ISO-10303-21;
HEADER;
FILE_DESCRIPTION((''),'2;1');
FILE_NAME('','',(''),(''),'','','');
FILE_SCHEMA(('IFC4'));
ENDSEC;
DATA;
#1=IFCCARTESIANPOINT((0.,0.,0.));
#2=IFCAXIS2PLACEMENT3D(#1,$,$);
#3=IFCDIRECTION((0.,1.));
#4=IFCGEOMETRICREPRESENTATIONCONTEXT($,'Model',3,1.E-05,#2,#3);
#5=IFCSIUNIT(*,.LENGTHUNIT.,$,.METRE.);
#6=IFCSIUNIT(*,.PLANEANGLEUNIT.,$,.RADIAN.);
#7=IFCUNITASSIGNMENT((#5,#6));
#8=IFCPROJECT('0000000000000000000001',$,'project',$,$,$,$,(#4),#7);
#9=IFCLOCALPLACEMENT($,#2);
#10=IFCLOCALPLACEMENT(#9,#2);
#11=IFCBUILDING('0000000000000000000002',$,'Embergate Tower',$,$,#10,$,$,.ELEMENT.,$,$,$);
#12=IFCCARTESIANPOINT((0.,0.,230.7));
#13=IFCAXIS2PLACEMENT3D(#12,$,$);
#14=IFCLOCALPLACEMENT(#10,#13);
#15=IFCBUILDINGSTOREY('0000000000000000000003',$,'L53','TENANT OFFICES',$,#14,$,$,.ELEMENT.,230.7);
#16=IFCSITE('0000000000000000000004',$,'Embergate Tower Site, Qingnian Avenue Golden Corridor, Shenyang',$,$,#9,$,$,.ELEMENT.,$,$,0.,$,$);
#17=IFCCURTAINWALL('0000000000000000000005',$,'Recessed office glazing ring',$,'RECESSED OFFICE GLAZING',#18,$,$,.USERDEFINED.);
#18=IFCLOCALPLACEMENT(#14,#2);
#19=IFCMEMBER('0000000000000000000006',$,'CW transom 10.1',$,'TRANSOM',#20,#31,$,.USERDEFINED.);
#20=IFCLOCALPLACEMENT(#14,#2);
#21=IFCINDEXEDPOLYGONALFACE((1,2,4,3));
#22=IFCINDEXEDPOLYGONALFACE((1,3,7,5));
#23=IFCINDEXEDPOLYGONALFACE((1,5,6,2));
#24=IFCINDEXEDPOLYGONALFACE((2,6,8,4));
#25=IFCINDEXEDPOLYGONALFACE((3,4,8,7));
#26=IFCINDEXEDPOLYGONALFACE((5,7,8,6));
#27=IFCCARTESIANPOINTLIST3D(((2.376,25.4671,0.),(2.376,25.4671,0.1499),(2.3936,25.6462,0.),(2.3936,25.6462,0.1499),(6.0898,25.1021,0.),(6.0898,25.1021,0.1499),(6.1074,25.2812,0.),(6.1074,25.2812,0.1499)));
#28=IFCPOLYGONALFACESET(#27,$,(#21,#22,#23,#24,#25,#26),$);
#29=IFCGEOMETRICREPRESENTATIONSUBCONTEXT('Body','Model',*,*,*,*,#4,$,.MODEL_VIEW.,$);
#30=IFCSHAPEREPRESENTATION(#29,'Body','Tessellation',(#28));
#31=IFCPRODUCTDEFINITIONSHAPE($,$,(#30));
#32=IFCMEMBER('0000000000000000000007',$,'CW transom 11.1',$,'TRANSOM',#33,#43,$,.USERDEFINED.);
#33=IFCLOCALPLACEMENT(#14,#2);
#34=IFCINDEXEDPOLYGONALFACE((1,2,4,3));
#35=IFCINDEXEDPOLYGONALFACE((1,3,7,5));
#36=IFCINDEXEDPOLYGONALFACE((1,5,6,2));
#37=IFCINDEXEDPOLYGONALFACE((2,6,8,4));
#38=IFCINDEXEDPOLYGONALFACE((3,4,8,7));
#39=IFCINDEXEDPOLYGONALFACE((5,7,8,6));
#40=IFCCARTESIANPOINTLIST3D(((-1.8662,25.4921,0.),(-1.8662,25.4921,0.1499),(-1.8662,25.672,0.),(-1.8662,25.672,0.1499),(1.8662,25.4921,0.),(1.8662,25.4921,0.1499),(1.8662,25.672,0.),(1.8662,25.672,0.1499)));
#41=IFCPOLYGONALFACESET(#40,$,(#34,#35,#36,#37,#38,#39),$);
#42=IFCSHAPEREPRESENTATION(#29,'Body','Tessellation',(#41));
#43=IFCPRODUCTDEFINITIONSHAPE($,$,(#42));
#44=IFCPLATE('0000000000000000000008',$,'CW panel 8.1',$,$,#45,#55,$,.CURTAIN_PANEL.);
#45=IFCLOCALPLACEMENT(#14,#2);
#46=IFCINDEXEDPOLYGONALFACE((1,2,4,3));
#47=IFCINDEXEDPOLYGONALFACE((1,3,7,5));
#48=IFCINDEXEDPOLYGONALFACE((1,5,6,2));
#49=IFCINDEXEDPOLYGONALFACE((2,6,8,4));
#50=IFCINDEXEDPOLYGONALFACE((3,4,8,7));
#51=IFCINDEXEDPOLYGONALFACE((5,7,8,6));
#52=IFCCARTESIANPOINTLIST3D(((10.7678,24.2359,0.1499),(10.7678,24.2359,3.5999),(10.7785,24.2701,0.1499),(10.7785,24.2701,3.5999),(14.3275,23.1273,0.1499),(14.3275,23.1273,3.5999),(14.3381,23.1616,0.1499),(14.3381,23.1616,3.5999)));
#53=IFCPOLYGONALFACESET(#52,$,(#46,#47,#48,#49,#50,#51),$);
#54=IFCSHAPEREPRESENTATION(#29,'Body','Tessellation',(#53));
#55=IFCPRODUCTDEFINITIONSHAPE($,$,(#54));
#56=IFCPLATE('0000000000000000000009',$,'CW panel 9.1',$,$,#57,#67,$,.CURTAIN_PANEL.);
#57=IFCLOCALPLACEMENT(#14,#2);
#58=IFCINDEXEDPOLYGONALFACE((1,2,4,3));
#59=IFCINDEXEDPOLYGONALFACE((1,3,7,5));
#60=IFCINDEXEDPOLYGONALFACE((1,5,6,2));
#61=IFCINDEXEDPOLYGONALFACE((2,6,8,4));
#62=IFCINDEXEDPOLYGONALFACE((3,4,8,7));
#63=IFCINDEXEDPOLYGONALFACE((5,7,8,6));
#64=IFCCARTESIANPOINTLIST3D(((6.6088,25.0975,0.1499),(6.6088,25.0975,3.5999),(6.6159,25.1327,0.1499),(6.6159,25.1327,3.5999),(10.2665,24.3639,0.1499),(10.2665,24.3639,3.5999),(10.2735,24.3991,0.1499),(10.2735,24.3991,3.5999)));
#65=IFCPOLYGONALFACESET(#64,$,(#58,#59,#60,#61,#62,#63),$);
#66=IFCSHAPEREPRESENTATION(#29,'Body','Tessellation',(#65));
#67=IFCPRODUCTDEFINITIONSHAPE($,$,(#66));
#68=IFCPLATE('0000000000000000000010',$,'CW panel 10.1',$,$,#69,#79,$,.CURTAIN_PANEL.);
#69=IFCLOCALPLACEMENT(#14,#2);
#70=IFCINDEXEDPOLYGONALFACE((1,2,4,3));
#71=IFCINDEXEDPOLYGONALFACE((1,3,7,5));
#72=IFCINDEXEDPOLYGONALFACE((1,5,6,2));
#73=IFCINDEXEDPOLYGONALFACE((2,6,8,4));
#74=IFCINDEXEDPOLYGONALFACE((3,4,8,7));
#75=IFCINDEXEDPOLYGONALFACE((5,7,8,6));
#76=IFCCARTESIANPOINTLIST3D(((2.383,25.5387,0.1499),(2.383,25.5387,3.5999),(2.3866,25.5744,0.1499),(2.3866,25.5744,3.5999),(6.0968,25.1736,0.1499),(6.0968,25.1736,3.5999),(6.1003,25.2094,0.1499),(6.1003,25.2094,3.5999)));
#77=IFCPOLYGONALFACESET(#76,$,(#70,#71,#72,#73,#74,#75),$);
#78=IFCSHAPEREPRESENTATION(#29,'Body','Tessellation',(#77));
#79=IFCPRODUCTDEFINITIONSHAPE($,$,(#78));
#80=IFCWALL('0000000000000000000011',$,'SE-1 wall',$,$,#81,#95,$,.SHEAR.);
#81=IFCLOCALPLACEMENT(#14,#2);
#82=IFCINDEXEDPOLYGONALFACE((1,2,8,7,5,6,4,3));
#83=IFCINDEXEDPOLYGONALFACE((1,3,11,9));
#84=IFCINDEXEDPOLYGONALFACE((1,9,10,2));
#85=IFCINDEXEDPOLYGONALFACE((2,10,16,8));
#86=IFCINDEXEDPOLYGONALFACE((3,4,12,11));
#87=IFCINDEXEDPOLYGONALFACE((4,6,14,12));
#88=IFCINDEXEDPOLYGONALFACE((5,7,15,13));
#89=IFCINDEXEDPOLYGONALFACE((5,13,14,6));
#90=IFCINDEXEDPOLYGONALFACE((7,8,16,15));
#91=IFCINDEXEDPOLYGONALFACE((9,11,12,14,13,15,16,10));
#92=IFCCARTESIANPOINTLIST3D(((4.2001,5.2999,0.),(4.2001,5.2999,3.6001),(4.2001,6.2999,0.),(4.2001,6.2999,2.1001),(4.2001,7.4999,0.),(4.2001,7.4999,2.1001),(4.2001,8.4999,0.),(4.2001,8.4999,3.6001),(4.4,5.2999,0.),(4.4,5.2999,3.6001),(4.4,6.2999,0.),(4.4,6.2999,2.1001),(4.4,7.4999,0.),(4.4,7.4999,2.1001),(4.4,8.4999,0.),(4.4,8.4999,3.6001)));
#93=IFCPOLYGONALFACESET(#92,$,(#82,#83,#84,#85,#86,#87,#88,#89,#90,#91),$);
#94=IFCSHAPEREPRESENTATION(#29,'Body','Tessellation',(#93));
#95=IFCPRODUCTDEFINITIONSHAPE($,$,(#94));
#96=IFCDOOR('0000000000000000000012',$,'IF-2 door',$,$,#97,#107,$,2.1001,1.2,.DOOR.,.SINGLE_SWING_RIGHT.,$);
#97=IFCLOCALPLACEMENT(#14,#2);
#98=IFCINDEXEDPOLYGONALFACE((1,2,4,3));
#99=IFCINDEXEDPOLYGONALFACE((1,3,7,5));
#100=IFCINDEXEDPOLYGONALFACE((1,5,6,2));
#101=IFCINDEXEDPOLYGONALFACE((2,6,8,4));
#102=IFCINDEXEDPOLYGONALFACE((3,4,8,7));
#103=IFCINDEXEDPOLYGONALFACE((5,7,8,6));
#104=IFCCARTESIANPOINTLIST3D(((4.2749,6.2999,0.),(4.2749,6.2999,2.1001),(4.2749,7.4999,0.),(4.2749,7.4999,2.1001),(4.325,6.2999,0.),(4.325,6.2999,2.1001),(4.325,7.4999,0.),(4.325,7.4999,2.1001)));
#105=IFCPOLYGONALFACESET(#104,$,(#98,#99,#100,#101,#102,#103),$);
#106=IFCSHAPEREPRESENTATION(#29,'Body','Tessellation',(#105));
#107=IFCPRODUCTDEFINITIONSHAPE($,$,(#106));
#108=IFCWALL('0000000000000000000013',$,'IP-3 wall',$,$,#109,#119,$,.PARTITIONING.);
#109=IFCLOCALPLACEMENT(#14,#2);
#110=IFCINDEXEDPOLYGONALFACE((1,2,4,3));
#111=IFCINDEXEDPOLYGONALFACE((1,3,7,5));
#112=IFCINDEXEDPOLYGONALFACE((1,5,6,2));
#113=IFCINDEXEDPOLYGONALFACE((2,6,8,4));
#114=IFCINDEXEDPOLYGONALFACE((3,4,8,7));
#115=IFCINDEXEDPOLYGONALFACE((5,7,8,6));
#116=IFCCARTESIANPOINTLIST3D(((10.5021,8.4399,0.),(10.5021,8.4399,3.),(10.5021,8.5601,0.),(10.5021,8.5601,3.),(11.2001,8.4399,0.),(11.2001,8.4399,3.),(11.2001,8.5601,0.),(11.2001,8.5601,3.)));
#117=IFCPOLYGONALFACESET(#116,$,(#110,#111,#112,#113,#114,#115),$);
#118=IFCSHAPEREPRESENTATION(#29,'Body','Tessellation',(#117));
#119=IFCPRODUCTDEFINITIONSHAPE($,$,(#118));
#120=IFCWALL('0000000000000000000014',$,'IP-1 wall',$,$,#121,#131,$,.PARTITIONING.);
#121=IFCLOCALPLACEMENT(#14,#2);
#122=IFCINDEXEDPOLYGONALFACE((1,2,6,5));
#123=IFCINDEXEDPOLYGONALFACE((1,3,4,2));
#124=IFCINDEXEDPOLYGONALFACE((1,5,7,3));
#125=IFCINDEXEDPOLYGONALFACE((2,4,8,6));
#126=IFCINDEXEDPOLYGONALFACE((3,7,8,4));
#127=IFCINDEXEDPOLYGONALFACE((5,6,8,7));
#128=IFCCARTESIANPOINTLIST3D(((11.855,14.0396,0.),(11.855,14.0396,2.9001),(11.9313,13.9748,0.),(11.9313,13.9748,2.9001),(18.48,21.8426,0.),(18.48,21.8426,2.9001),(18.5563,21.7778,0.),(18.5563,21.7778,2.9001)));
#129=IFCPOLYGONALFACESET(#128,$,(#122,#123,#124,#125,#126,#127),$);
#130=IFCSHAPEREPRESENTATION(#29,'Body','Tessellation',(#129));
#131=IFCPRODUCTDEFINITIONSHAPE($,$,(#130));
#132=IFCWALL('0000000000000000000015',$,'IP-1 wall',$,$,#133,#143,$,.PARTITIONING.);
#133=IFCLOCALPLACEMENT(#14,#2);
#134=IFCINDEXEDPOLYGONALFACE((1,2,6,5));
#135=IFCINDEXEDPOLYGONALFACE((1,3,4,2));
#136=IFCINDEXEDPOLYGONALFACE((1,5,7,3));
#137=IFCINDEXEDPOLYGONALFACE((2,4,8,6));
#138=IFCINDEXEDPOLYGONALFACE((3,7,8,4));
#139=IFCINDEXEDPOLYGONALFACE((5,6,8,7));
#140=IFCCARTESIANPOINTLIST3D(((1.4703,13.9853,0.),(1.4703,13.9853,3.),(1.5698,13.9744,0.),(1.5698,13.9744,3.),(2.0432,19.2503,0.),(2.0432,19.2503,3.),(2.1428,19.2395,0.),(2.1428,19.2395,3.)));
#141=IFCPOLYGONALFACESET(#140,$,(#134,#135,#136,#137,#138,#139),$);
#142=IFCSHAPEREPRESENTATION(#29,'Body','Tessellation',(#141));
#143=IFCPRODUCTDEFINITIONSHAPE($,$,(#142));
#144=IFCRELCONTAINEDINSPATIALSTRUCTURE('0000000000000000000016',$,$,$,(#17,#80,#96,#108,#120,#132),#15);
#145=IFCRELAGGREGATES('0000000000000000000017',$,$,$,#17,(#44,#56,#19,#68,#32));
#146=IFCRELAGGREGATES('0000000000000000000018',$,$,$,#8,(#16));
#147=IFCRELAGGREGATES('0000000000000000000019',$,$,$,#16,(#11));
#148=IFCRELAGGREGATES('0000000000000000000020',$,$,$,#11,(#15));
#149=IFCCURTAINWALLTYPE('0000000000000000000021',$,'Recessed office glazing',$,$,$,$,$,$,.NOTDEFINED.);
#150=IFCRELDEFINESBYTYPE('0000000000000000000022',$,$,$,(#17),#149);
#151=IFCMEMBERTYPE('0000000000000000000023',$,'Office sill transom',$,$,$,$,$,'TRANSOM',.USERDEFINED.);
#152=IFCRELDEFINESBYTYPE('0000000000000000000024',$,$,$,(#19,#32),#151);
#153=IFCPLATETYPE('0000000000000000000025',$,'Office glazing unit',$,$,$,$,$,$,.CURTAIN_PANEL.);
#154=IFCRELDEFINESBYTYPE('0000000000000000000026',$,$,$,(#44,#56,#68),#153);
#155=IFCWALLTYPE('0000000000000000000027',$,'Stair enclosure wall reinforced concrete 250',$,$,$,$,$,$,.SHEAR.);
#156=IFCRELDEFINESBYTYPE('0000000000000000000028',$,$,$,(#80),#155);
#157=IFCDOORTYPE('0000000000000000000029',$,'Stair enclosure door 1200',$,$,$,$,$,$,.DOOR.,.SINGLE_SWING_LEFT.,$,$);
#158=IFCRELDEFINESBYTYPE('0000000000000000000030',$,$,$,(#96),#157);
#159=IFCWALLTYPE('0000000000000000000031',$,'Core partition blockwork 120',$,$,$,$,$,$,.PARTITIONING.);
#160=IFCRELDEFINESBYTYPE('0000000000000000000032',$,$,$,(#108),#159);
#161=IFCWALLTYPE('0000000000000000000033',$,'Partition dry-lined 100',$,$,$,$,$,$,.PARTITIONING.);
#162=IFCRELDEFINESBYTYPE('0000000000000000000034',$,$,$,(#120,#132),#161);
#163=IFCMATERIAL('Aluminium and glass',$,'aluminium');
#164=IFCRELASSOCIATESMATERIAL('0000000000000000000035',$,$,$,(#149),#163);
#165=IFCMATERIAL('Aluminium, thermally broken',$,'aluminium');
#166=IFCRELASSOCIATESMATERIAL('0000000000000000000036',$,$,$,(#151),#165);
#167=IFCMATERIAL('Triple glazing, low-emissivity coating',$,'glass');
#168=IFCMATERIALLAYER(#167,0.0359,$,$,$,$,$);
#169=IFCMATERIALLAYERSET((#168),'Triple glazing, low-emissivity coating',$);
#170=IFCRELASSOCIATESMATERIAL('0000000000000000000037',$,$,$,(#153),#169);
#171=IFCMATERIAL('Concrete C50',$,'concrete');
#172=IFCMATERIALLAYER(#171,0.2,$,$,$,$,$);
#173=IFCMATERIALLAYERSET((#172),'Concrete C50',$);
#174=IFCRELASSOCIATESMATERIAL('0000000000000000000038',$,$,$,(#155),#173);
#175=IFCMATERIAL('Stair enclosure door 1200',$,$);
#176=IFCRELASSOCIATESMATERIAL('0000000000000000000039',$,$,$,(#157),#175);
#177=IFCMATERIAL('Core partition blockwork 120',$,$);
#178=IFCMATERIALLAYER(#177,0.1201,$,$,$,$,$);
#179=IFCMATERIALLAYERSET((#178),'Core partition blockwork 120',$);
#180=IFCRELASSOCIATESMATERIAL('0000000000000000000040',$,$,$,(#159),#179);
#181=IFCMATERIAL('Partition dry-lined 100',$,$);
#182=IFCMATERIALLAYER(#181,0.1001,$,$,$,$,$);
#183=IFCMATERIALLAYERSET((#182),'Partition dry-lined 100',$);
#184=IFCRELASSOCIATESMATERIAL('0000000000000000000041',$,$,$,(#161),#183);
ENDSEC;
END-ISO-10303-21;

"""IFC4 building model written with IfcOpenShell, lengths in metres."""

from ifc_helpers import new_model, si_unit, direction, frame, frame_2d, origin, origin_2d, place, context, subcontext, project, spatial, rectangle, extrude, source, transform, mapped, material, layer, layer_set, material_profile, profile_set, type_object, element, fill, aggregate, save


model = new_model("IFC4")

# Units and contexts
model_context = context("Model", 3, precision=1e-05, world=origin(), true_north=direction((0.0, 1.0)))
body_context = subcontext(model_context, "Body", "Model", "MODEL_VIEW")
ifc_project = project(units=[si_unit("LENGTHUNIT", "METRE"), si_unit("PLANEANGLEUNIT", "RADIAN")], contexts=[model_context])

# Site, building, storey
site_placement = place(None, origin())
site = spatial("IfcSite", under=ifc_project, at=site_placement, Name="Embergate Tower Site, Qingnian Avenue Golden Corridor, Shenyang", CompositionType="ELEMENT", RefElevation=0.0)
building_placement = place(site_placement, origin())
building = spatial("IfcBuilding", under=site, at=building_placement, Name="Embergate Tower", CompositionType="ELEMENT")
storey_placement = place(building_placement, frame((0.0, 0.0, 230.7)))
storey = spatial("IfcBuildingStorey", under=building, at=storey_placement, Name="L53", Description="TENANT OFFICES", CompositionType="ELEMENT", Elevation=230.7)

# Curtain wall, members, plates
ifc_material_1 = material(Name="Aluminium and glass", Category="aluminium")
curtain_wall_type = type_object("IfcCurtainWallType", Name="Recessed office glazing", PredefinedType="NOTDEFINED", material=ifc_material_1)
curtain_wall_placement = place(storey_placement, origin())
curtain_wall = element("IfcCurtainWall", 1, at=curtain_wall_placement, inside=storey, type_object=curtain_wall_type, Name="Recessed office glazing ring", ObjectType="RECESSED OFFICE GLAZING", PredefinedType="USERDEFINED")
ifc_material_2 = material(Name="Aluminium, thermally broken", Category="aluminium")
ifc_material_profile_1 = material_profile(ifc_material_2, rectangle(XDim=0.1799, YDim=0.1499, at=origin_2d()), Name="AL 150x180")
ifc_profile_set_1 = profile_set([ifc_material_profile_1], Name="Aluminium, thermally broken")
member_type_1 = type_object("IfcMemberType", Name="Office sill transom", ElementType="TRANSOM", PredefinedType="USERDEFINED", material=ifc_profile_set_1)
shared_shape_1 = source(origin(), body_context, "Body", "SweptSolid", [
    extrude(rectangle(XDim=0.1799, YDim=0.1499, at=origin_2d()), origin(), (0.0, 0.0, 1.0), 3.7317),
])
member_1_placement = place(storey_placement, frame((6.0986, 25.1917, 0.075), z_axis=(-0.995205, 0.097806, 0.0), x_axis=(-0.097806, -0.995205, 0.0)))
member_1 = element("IfcMember", 2, at=member_1_placement, type_object=member_type_1, Name="CW transom 10.1", ObjectType="TRANSOM", PredefinedType="USERDEFINED", context=body_context, shape_type="MappedRepresentation", body=[
    mapped(shared_shape_1, transform((0.0, 0.0, 0.0))),
])
shared_shape_2 = source(origin(), body_context, "Body", "SweptSolid", [
    extrude(rectangle(XDim=0.1799, YDim=0.1499, at=origin_2d()), origin(), (0.0, 0.0, 1.0), 3.7324),
])
member_2_placement = place(storey_placement, frame((1.8662, 25.582, 0.075), z_axis=(-1.0, 0.0, 0.0), x_axis=(0.0, -1.0, 0.0)))
member_2 = element("IfcMember", 3, at=member_2_placement, type_object=member_type_1, Name="CW transom 11.1", ObjectType="TRANSOM", PredefinedType="USERDEFINED", context=body_context, shape_type="MappedRepresentation", body=[
    mapped(shared_shape_2, transform((0.0, 0.0, 0.0))),
])
ifc_material_3 = material(Name="Triple glazing, low-emissivity coating", Category="glass")
ifc_layer_1 = layer(ifc_material_3, 0.0359)
ifc_layer_set_1 = layer_set([ifc_layer_1], Name="Triple glazing, low-emissivity coating")
plate_type = type_object("IfcPlateType", Name="Office glazing unit", PredefinedType="CURTAIN_PANEL", material=ifc_layer_set_1)
shared_shape_3 = source(origin(), body_context, "Body", "SweptSolid", [
    extrude(rectangle(XDim=3.7283, YDim=0.0359, at=origin_2d()), origin(), (0.0, 0.0, 1.0), 3.45),
])
plate_1_placement = place(storey_placement, frame((12.553, 23.6987, 0.1499), z_axis=(0.0, 0.0, 1.0), x_axis=(-0.954774, 0.297333, 0.0)))
plate_1 = element("IfcPlate", 4, at=plate_1_placement, type_object=plate_type, Name="CW panel 8.1", PredefinedType="CURTAIN_PANEL", context=body_context, shape_type="MappedRepresentation", body=[
    mapped(shared_shape_3, transform((0.0, 0.0, 0.0))),
])
shared_shape_4 = source(origin(), body_context, "Body", "SweptSolid", [
    extrude(rectangle(XDim=3.7305, YDim=0.0359, at=origin_2d()), origin(), (0.0, 0.0, 1.0), 3.45),
])
plate_2_placement = place(storey_placement, frame((8.4412, 24.7483, 0.1499), z_axis=(0.0, 0.0, 1.0), x_axis=(-0.980477, 0.196636, 0.0)))
plate_2 = element("IfcPlate", 5, at=plate_2_placement, type_object=plate_type, Name="CW panel 9.1", PredefinedType="CURTAIN_PANEL", context=body_context, shape_type="MappedRepresentation", body=[
    mapped(shared_shape_4, transform((0.0, 0.0, 0.0))),
])
shared_shape_5 = source(origin(), body_context, "Body", "SweptSolid", [
    extrude(rectangle(XDim=3.7317, YDim=0.0359, at=origin_2d()), origin(), (0.0, 0.0, 1.0), 3.45),
])
plate_3_placement = place(storey_placement, frame((4.2417, 25.374, 0.1499), z_axis=(0.0, 0.0, 1.0), x_axis=(-0.995203, 0.097828, 0.0)))
plate_3 = element("IfcPlate", 6, at=plate_3_placement, type_object=plate_type, Name="CW panel 10.1", PredefinedType="CURTAIN_PANEL", context=body_context, shape_type="MappedRepresentation", body=[
    mapped(shared_shape_5, transform((0.0, 0.0, 0.0))),
])
aggregate(curtain_wall, [plate_1, plate_2, member_1, plate_3, member_2])

# Wall, opening, door
ifc_material_4 = material(Name="Concrete C50", Category="concrete")
ifc_layer_2 = layer(ifc_material_4, 0.2)
ifc_layer_set_2 = layer_set([ifc_layer_2], Name="Concrete C50")
wall_type_1 = type_object("IfcWallType", Name="Stair enclosure wall reinforced concrete 250", PredefinedType="SHEAR", material=ifc_layer_set_2)
shared_shape_6 = source(origin(), body_context, "Body", "SweptSolid", [
    extrude(rectangle(XDim=3.2, YDim=0.2, at=frame_2d((1.6001, 0.0))), origin(), (0.0, 0.0, 1.0), 3.6001),
])
wall_1_placement = place(storey_placement, frame((4.3, 8.5, 0.0), z_axis=(0.0, 0.0, 1.0), x_axis=(0.0, -1.0, 0.0)))
wall_1 = element("IfcWall", 7, at=wall_1_placement, inside=storey, type_object=wall_type_1, Name="SE-1 wall", PredefinedType="SHEAR", context=body_context, shape_type="MappedRepresentation", body=[
    mapped(shared_shape_6, transform((0.0, 0.0, 0.0))),
])
shared_shape_7 = source(origin(), body_context, "Body", "SweptSolid", [
    extrude(rectangle(XDim=1.2, YDim=2.1001, at=frame_2d((0.6001, 1.05))), frame((0.0, 0.1099, 0.0), z_axis=(0.0, -1.0, 0.0), x_axis=(1.0, 0.0, 0.0)), (0.0, 0.0, 1.0), 0.22),
])
opening_placement = place(wall_1_placement, frame((1.0, 0.0, 0.0)))
opening = element("IfcOpeningElement", 8, at=opening_placement, cuts=wall_1, PredefinedType="OPENING", context=body_context, shape_type="MappedRepresentation", body=[
    mapped(shared_shape_7, transform((0.0, 0.0, 0.0))),
])
ifc_material_5 = material(Name="Stair enclosure door 1200")
door_type = type_object("IfcDoorType", Name="Stair enclosure door 1200", OperationType="SINGLE_SWING_LEFT", PredefinedType="DOOR", material=ifc_material_5)
shared_shape_8 = source(origin(), body_context, "Body", "SweptSolid", [
    extrude(rectangle(XDim=1.2, YDim=2.1001, at=frame_2d((0.6001, 1.05))), frame((0.0, 0.0249, 0.0), z_axis=(0.0, -1.0, 0.0), x_axis=(1.0, 0.0, 0.0)), (0.0, 0.0, 1.0), 0.05),
])
door_placement = place(opening_placement, origin())
door = element("IfcDoor", 9, at=door_placement, inside=storey, type_object=door_type, Name="IF-2 door", OperationType="SINGLE_SWING_RIGHT", OverallHeight=2.1001, OverallWidth=1.2, PredefinedType="DOOR", context=body_context, shape_type="MappedRepresentation", body=[
    mapped(shared_shape_8, transform((0.0, 0.0, 0.0))),
])
fill(opening, door)

# Walls
ifc_material_6 = material(Name="Core partition blockwork 120")
ifc_layer_3 = layer(ifc_material_6, 0.1201)
ifc_layer_set_3 = layer_set([ifc_layer_3], Name="Core partition blockwork 120")
wall_type_2 = type_object("IfcWallType", Name="Core partition blockwork 120", PredefinedType="PARTITIONING", material=ifc_layer_set_3)
shared_shape_9 = source(origin(), body_context, "Body", "SweptSolid", [
    extrude(rectangle(XDim=0.698, YDim=0.1201, at=frame_2d((0.3491, 0.0))), origin(), (0.0, 0.0, 1.0), 3.0),
])
wall_2_placement = place(storey_placement, frame((10.502, 8.5, 0.0), z_axis=(0.0, 0.0, 1.0), x_axis=(1.0, 0.0, 0.0)))
element("IfcWall", 10, at=wall_2_placement, inside=storey, type_object=wall_type_2, Name="IP-3 wall", PredefinedType="PARTITIONING", context=body_context, shape_type="MappedRepresentation", body=[
    mapped(shared_shape_9, transform((0.0, 0.0, 0.0))),
])
ifc_material_7 = material(Name="Partition dry-lined 100")
ifc_layer_4 = layer(ifc_material_7, 0.1001)
ifc_layer_set_4 = layer_set([ifc_layer_4], Name="Partition dry-lined 100")
wall_type_3 = type_object("IfcWallType", Name="Partition dry-lined 100", PredefinedType="PARTITIONING", material=ifc_layer_set_4)
shared_shape_10 = source(origin(), body_context, "Body", "SweptSolid", [
    extrude(rectangle(XDim=10.2361, YDim=0.1001, at=frame_2d((5.1182, 0.0))), origin(), (0.0, 0.0, 1.0), 2.9001),
])
wall_3_placement = place(storey_placement, frame((11.8931, 14.0071, 0.0), z_axis=(0.0, 0.0, 1.0), x_axis=(0.647221, 0.762302, 0.0)))
element("IfcWall", 11, at=wall_3_placement, inside=storey, type_object=wall_type_3, Name="IP-1 wall", PredefinedType="PARTITIONING", context=body_context, shape_type="MappedRepresentation", body=[
    mapped(shared_shape_10, transform((0.0, 0.0, 0.0))),
])
shared_shape_11 = source(origin(), body_context, "Body", "SweptSolid", [
    extrude(rectangle(XDim=5.2961, YDim=0.1001, at=frame_2d((2.6479, 0.0))), origin(), (0.0, 0.0, 1.0), 3.0),
])
wall_4_placement = place(storey_placement, frame((1.52, 13.98, 0.0), z_axis=(0.0, 0.0, 1.0), x_axis=(0.10819, 0.99413, 0.0)))
element("IfcWall", 12, at=wall_4_placement, inside=storey, type_object=wall_type_3, Name="IP-1 wall", PredefinedType="PARTITIONING", context=body_context, shape_type="MappedRepresentation", body=[
    mapped(shared_shape_11, transform((0.0, 0.0, 0.0))),
])

save(model, "model.ifc")
